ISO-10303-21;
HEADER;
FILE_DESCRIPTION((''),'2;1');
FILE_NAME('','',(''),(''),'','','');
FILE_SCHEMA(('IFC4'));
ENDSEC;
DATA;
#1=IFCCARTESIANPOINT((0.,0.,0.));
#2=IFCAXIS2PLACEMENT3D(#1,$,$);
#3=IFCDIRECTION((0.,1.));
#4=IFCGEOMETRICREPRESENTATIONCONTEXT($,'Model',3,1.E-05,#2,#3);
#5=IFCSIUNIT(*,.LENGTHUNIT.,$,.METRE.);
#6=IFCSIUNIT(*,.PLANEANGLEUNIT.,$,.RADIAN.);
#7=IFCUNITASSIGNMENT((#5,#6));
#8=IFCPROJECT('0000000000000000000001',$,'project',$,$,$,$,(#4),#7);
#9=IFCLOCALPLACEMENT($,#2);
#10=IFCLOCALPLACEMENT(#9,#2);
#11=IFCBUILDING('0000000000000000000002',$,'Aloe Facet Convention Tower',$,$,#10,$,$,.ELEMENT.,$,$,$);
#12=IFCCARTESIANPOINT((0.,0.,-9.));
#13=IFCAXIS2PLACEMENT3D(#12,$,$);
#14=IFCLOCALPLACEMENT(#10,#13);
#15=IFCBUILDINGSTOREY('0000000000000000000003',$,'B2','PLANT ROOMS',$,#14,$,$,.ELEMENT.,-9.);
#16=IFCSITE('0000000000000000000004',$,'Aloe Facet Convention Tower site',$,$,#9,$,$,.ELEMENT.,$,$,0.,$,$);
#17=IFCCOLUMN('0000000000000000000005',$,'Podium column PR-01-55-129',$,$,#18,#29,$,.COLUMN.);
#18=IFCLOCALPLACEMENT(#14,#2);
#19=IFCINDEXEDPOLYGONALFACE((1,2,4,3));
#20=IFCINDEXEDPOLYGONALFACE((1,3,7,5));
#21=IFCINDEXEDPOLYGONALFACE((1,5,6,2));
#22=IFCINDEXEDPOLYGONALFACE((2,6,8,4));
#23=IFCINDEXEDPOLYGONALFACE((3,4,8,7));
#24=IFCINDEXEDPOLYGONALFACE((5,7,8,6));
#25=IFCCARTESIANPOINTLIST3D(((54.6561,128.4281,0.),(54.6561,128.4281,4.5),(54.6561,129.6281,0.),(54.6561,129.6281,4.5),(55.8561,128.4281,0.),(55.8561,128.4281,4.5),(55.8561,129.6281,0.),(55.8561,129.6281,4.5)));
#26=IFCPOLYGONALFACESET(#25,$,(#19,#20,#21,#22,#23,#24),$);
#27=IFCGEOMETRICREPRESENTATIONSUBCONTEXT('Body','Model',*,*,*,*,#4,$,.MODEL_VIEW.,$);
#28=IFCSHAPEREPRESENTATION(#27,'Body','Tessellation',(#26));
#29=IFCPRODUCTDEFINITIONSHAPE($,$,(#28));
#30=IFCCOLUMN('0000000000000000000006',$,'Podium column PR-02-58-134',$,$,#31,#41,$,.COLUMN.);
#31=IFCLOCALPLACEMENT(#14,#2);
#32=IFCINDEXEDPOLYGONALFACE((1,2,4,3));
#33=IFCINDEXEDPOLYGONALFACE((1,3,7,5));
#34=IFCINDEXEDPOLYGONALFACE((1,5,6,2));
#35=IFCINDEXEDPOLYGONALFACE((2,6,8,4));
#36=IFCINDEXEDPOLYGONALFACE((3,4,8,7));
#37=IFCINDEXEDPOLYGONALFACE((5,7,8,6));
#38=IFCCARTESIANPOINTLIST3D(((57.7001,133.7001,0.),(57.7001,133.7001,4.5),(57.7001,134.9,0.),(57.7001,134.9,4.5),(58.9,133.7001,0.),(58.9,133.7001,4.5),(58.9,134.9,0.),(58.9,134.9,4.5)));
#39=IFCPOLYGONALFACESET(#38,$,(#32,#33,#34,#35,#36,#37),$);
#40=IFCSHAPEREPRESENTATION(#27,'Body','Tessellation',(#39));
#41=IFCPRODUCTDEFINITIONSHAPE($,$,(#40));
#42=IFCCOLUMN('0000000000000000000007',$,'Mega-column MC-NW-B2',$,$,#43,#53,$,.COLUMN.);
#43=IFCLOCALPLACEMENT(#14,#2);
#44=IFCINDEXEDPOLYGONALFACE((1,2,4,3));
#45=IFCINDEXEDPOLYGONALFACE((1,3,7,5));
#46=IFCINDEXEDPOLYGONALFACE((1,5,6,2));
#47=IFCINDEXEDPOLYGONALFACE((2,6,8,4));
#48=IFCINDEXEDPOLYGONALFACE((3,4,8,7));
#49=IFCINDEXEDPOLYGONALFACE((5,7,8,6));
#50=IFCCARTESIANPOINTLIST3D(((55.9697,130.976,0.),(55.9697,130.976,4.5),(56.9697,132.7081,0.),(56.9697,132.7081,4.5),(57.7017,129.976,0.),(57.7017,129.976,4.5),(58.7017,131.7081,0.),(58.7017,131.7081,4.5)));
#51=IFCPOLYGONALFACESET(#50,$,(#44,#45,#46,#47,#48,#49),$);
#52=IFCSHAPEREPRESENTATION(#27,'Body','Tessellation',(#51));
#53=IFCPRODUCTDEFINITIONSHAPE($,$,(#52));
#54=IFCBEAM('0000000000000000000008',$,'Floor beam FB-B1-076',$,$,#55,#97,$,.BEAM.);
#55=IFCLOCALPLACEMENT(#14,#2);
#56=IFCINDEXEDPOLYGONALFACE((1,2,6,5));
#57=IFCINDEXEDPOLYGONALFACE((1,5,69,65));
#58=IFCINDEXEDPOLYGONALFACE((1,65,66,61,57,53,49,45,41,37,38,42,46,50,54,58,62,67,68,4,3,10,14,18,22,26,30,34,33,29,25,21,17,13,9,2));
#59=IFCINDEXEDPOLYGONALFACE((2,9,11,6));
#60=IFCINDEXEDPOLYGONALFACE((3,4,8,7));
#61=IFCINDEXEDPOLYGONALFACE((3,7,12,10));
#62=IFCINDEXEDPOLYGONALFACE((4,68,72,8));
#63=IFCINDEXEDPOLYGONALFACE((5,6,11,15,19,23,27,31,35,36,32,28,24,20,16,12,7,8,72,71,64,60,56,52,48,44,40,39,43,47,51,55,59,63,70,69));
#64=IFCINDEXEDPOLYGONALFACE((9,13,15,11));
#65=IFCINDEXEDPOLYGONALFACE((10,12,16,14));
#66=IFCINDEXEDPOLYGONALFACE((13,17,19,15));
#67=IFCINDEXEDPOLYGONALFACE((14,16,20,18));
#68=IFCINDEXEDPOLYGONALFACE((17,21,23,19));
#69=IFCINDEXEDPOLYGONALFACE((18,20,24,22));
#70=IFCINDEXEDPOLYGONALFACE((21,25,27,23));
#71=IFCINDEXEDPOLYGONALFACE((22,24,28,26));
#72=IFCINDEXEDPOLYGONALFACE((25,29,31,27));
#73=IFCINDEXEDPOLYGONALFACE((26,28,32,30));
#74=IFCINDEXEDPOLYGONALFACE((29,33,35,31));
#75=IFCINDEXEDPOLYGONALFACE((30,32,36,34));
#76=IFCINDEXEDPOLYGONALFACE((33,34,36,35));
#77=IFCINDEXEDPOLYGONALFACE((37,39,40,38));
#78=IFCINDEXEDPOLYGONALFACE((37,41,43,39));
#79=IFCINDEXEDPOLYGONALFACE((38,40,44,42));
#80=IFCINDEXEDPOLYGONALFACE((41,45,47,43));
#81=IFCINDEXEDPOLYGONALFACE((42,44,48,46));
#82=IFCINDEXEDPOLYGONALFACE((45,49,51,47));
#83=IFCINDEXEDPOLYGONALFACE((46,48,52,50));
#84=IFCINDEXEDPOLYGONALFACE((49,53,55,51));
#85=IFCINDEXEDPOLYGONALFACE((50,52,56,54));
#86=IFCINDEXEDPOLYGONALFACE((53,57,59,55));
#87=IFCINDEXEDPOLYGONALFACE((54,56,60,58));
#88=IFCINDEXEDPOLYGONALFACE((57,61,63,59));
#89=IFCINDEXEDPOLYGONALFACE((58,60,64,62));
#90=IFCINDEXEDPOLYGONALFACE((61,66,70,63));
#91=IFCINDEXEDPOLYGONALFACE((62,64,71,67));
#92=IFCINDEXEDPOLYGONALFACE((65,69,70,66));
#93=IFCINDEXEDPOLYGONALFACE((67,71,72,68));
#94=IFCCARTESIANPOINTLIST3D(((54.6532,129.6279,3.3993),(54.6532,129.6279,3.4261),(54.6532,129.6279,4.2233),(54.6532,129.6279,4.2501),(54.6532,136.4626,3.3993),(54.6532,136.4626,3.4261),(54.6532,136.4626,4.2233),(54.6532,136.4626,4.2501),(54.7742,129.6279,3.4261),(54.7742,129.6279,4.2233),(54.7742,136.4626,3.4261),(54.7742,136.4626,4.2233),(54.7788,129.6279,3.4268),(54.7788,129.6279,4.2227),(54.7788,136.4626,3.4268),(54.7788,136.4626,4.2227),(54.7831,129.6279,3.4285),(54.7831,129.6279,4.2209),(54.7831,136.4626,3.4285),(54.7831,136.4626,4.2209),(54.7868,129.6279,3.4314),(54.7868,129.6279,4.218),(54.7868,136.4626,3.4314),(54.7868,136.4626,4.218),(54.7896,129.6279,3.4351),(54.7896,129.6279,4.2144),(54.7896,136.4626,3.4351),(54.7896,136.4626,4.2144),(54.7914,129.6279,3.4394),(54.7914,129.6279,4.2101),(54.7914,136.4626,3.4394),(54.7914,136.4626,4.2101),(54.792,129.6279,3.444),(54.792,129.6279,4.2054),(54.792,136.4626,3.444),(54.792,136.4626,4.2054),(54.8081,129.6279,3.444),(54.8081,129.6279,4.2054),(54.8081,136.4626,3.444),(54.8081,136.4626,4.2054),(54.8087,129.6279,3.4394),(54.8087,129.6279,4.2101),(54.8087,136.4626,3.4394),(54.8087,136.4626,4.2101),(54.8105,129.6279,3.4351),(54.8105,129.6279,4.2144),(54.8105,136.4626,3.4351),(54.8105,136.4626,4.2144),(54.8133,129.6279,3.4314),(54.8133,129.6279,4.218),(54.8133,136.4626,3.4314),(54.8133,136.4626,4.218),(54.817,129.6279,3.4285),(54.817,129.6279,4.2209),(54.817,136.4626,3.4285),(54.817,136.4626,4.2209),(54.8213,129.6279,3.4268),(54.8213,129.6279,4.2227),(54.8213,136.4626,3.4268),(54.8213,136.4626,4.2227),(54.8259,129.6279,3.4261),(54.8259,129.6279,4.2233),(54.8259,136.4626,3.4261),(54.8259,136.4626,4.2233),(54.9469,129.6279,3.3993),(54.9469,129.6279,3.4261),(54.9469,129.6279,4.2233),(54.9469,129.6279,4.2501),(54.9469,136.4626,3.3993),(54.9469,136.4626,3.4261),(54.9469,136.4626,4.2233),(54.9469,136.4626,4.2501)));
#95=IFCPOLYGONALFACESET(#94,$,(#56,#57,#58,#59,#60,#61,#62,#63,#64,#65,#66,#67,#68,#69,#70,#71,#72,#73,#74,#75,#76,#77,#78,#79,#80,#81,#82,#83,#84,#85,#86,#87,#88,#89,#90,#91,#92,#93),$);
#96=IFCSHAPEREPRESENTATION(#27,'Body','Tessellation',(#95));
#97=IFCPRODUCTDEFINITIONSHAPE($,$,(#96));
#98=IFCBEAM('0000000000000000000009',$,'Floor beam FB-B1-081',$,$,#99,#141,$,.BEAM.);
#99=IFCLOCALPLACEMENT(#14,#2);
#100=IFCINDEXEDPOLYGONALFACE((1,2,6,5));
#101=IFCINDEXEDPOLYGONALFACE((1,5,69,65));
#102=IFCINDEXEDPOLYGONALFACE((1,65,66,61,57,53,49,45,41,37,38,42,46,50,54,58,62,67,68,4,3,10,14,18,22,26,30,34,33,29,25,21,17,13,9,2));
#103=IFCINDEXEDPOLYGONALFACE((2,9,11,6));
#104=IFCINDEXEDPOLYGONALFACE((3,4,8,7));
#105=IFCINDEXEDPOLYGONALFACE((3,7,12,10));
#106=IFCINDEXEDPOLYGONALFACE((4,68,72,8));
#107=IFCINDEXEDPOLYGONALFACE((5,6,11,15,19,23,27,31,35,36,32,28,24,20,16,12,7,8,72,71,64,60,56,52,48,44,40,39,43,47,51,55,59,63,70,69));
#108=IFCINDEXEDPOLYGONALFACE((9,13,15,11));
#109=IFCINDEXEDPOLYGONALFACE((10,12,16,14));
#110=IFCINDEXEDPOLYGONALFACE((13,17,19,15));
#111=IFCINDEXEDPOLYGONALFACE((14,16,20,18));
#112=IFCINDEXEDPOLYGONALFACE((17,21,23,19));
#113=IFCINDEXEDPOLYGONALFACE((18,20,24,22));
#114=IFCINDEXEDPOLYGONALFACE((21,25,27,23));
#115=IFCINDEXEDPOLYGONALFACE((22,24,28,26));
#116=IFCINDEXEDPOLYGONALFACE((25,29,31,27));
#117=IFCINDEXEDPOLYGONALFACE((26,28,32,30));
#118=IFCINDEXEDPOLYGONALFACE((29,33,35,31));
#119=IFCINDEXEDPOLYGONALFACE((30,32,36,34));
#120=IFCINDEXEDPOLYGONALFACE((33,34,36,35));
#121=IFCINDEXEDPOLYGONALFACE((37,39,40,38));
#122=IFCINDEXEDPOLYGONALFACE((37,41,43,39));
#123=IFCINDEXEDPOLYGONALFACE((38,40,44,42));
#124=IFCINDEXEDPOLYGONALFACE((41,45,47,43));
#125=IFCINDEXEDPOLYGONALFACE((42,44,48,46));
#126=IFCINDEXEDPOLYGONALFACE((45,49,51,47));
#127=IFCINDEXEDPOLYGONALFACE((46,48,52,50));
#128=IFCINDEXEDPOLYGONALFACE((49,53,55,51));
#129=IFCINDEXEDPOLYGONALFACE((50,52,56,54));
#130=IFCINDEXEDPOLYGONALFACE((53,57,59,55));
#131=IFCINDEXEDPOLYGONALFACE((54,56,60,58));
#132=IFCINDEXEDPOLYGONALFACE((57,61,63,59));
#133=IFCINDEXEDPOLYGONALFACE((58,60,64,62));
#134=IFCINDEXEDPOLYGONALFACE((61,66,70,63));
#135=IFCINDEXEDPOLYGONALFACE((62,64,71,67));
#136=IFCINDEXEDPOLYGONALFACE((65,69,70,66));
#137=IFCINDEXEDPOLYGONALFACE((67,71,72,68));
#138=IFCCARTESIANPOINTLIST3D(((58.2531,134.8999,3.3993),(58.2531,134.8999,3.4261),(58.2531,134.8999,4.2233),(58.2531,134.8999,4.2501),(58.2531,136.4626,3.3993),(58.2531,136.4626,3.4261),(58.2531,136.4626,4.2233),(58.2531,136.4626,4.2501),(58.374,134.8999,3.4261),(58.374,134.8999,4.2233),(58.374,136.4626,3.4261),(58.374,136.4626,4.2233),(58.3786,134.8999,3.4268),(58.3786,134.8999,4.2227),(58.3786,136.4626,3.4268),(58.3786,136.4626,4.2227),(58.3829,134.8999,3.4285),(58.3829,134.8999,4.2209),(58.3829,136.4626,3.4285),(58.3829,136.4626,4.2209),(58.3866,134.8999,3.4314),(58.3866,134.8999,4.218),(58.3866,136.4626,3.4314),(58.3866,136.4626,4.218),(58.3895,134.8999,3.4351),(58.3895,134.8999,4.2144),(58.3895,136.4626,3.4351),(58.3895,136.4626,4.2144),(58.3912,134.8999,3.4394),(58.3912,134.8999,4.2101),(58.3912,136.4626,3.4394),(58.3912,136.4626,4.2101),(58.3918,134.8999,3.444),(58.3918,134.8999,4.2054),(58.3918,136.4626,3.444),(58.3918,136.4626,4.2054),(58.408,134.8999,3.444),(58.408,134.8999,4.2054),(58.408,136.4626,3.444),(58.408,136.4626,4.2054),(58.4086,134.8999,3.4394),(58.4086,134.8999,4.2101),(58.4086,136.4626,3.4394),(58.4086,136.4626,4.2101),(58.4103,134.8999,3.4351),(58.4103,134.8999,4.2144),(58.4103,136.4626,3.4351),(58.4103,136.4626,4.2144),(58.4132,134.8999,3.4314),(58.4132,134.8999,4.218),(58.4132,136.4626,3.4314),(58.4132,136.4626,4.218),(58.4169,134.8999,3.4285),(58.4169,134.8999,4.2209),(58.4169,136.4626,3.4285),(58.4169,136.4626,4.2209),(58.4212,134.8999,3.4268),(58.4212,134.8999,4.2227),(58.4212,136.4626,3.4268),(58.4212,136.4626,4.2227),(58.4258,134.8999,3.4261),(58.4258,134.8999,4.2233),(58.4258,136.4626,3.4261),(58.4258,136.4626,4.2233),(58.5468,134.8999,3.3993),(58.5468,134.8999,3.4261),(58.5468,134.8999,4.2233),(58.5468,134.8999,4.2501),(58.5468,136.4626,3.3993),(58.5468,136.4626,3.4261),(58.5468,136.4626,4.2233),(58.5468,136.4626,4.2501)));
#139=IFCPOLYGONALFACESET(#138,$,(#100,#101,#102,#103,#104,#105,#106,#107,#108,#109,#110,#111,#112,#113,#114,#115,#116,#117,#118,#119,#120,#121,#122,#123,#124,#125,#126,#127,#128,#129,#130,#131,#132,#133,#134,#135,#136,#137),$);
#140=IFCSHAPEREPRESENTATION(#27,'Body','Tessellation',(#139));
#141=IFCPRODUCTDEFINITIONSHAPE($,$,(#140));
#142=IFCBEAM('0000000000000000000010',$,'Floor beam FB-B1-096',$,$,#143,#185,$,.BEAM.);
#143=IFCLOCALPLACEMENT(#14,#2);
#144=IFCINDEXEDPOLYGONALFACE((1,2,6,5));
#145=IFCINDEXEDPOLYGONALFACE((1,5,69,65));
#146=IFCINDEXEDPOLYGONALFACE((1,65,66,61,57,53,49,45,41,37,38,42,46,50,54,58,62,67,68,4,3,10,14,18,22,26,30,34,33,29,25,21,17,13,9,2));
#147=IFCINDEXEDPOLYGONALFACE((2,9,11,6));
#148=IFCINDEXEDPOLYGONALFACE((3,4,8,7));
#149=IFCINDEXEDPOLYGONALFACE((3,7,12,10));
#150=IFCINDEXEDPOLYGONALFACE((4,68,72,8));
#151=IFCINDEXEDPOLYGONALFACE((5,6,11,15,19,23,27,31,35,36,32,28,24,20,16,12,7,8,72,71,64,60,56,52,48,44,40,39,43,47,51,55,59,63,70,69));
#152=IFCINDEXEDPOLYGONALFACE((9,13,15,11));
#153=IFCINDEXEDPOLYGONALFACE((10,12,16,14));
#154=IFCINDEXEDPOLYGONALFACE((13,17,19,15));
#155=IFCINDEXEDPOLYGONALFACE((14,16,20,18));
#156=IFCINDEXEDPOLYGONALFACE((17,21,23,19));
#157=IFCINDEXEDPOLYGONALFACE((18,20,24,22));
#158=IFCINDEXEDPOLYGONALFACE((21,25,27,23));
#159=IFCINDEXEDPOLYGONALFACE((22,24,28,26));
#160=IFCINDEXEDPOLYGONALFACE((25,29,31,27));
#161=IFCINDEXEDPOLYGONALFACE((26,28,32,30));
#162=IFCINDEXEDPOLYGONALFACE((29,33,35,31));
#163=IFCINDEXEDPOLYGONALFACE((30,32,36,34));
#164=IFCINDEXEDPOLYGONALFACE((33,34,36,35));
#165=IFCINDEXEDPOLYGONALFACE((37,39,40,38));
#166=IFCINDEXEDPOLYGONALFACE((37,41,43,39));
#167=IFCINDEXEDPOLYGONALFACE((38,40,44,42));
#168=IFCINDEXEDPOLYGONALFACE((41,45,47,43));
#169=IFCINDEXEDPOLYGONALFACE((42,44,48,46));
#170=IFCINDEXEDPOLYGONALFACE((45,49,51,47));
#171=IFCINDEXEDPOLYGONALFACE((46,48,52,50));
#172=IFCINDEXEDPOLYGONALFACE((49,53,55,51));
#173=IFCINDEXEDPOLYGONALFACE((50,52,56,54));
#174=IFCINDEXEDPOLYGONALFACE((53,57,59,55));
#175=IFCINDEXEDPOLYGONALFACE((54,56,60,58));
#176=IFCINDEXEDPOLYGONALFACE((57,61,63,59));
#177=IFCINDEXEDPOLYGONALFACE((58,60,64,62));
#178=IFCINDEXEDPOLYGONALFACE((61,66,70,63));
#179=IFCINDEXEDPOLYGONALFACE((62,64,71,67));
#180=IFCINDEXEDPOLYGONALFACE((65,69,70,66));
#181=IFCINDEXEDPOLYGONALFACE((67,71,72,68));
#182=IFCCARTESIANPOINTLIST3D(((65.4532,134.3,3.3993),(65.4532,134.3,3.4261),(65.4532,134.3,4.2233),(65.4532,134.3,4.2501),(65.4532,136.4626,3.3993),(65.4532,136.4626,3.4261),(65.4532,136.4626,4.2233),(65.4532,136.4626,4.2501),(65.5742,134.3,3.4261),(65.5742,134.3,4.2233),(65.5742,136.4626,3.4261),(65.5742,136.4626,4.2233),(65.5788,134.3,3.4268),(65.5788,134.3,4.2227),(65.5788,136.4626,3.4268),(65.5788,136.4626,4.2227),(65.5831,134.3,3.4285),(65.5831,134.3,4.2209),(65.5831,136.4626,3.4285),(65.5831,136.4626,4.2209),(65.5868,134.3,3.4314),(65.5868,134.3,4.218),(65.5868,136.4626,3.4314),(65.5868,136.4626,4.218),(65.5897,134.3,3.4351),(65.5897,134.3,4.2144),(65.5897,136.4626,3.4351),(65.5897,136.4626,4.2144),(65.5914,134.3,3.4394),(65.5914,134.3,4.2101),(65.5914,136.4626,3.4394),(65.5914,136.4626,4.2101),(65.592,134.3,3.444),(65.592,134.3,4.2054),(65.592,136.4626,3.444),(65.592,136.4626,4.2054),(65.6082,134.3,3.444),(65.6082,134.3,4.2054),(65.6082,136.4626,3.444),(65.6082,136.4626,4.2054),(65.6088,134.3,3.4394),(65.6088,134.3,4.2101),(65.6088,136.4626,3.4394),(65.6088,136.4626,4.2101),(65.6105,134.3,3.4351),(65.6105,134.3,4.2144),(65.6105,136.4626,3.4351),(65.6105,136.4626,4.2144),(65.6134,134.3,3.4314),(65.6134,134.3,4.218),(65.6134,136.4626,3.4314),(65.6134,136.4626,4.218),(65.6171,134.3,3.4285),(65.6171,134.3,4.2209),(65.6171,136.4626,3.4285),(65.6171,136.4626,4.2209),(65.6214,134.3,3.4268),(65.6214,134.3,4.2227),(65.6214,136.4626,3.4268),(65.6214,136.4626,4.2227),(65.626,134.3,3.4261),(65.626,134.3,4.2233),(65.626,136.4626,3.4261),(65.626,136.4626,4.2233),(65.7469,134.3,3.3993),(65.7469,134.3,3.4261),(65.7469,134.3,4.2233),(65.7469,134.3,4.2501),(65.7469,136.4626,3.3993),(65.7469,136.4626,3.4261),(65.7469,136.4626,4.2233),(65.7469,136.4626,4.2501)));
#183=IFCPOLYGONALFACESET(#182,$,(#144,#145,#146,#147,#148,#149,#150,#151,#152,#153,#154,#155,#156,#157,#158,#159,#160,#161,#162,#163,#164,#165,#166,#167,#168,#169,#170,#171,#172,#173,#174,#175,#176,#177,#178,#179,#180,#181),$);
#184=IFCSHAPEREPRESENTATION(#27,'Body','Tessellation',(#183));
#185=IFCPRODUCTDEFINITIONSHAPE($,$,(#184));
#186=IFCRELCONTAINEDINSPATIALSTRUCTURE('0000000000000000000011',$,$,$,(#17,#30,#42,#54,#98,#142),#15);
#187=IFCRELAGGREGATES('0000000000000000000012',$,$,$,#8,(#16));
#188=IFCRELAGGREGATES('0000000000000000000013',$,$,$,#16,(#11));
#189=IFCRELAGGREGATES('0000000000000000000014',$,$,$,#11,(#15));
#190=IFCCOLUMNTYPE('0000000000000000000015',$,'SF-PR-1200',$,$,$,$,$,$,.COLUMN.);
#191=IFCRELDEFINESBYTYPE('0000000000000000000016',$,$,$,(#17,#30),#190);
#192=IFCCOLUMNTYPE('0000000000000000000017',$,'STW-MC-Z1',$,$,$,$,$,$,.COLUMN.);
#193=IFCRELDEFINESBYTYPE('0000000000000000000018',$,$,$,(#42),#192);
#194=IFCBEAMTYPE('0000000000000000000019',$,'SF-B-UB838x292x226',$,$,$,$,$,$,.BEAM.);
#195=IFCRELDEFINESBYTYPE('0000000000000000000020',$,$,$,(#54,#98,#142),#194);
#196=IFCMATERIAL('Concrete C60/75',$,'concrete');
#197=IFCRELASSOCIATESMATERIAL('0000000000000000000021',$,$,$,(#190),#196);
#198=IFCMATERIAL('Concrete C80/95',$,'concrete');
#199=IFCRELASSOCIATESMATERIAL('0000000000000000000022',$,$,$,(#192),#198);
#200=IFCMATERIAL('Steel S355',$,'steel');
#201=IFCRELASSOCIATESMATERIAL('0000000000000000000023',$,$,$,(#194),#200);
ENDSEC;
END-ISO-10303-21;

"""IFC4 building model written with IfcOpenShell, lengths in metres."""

from ifc_helpers import new_model, si_unit, direction, frame, origin, origin_2d, place, context, subcontext, project, spatial, rectangle, i_section, extrude, material, material_profile, profile_set, type_object, element, save


model = new_model("IFC4")

# Units and contexts
model_context = context("Model", 3, precision=1e-05, world=origin(), true_north=direction((0.0, 1.0)))
body_context = subcontext(model_context, "Body", "Model", "MODEL_VIEW")
ifc_project = project(units=[si_unit("LENGTHUNIT", "METRE"), si_unit("PLANEANGLEUNIT", "RADIAN")], contexts=[model_context])

# Site, building, storey
site_placement = place(None, origin())
site = spatial("IfcSite", under=ifc_project, at=site_placement, Name="Aloe Facet Convention Tower site", CompositionType="ELEMENT", RefElevation=0.0)
building_placement = place(site_placement, origin())
building = spatial("IfcBuilding", under=site, at=building_placement, Name="Aloe Facet Convention Tower", CompositionType="ELEMENT")
storey_placement = place(building_placement, frame((0.0, 0.0, -9.0)))
storey = spatial("IfcBuildingStorey", under=building, at=storey_placement, Name="B2", Description="PLANT ROOMS", CompositionType="ELEMENT", Elevation=-9.0)

# Columns
ifc_material_1 = material(Name="Concrete C60/75", Category="concrete")
ifc_material_profile_1 = material_profile(ifc_material_1, rectangle(XDim=1.2, YDim=1.2, at=origin_2d()), Name="SF-PR-1200")
ifc_profile_set_1 = profile_set([ifc_material_profile_1], Name="Concrete C60/75")
column_type_1 = type_object("IfcColumnType", Name="SF-PR-1200", PredefinedType="COLUMN", material=ifc_profile_set_1)
for number, where, z_axis, x_axis, name in (
    (1, (55.2561, 129.0281, 0.0), (0.0, 0.0, 1.0), (1.0, 0.0, 0.0), "Podium column PR-01-55-129"),
    (2, (58.3, 134.3, 0.0), (0.0, 0.0, 1.0), (1.0, 0.0, 0.0), "Podium column PR-02-58-134"),
):
    element("IfcColumn", number, at=place(storey_placement, frame(where, z_axis=z_axis, x_axis=x_axis)), inside=storey, type_object=column_type_1, Name=name, PredefinedType="COLUMN", context=body_context, shape_type="SweptSolid", body=[
        extrude(rectangle(XDim=1.2, YDim=1.2, at=origin_2d()), origin(), (0.0, 0.0, 1.0), 4.5),
    ])
ifc_material_2 = material(Name="Concrete C80/95", Category="concrete")
ifc_material_profile_2 = material_profile(ifc_material_2, rectangle(XDim=2.0, YDim=2.0, at=origin_2d()), Name="STW-MC-Z1")
ifc_profile_set_2 = profile_set([ifc_material_profile_2], Name="Concrete C80/95")
column_type_2 = type_object("IfcColumnType", Name="STW-MC-Z1", PredefinedType="COLUMN", material=ifc_profile_set_2)
column_placement = place(storey_placement, frame((57.3357, 131.342, 0.0), z_axis=(0.0, 0.0, 1.0), x_axis=(-0.5, -0.866025, 0.0)))
element("IfcColumn", 3, at=column_placement, inside=storey, type_object=column_type_2, Name="Mega-column MC-NW-B2", PredefinedType="COLUMN", context=body_context, shape_type="SweptSolid", body=[
    extrude(rectangle(XDim=2.0, YDim=2.0, at=origin_2d()), origin(), (0.0, 0.0, 1.0), 4.5),
])

# Beams
ifc_material_3 = material(Name="Steel S355", Category="steel")
ifc_material_profile_3 = material_profile(ifc_material_3, i_section(OverallWidth=0.2937, OverallDepth=0.8508, WebThickness=0.0161, FlangeThickness=0.0269, FilletRadius=0.0178, at=origin_2d()), Name="UB 838x292x226")
ifc_profile_set_3 = profile_set([ifc_material_profile_3], Name="Steel S355")
beam_type = type_object("IfcBeamType", Name="SF-B-UB838x292x226", PredefinedType="BEAM", material=ifc_profile_set_3)
beam_1_placement = place(storey_placement, frame((54.8, 129.6279, 3.8247), z_axis=(0.0, 1.0, 0.0), x_axis=(-1.0, 0.0, 0.0)))
element("IfcBeam", 4, at=beam_1_placement, inside=storey, type_object=beam_type, Name="Floor beam FB-B1-076", PredefinedType="BEAM", context=body_context, shape_type="SweptSolid", body=[
    extrude(i_section(OverallWidth=0.2937, OverallDepth=0.8508, WebThickness=0.0161, FlangeThickness=0.0269, FilletRadius=0.0178, at=origin_2d()), origin(), (0.0, 0.0, 1.0), 6.8347),
])
beam_2_placement = place(storey_placement, frame((58.3999, 134.8999, 3.8247), z_axis=(0.0, 1.0, 0.0), x_axis=(-1.0, 0.0, 0.0)))
element("IfcBeam", 5, at=beam_2_placement, inside=storey, type_object=beam_type, Name="Floor beam FB-B1-081", PredefinedType="BEAM", context=body_context, shape_type="SweptSolid", body=[
    extrude(i_section(OverallWidth=0.2937, OverallDepth=0.8508, WebThickness=0.0161, FlangeThickness=0.0269, FilletRadius=0.0178, at=origin_2d()), origin(), (0.0, 0.0, 1.0), 1.5627),
])
beam_3_placement = place(storey_placement, frame((65.6001, 134.3, 3.8247), z_axis=(0.0, 1.0, 0.0), x_axis=(-1.0, 0.0, 0.0)))
element("IfcBeam", 6, at=beam_3_placement, inside=storey, type_object=beam_type, Name="Floor beam FB-B1-096", PredefinedType="BEAM", context=body_context, shape_type="SweptSolid", body=[
    extrude(i_section(OverallWidth=0.2937, OverallDepth=0.8508, WebThickness=0.0161, FlangeThickness=0.0269, FilletRadius=0.0178, at=origin_2d()), origin(), (0.0, 0.0, 1.0), 2.1626),
])

save(model, "model.ifc")
